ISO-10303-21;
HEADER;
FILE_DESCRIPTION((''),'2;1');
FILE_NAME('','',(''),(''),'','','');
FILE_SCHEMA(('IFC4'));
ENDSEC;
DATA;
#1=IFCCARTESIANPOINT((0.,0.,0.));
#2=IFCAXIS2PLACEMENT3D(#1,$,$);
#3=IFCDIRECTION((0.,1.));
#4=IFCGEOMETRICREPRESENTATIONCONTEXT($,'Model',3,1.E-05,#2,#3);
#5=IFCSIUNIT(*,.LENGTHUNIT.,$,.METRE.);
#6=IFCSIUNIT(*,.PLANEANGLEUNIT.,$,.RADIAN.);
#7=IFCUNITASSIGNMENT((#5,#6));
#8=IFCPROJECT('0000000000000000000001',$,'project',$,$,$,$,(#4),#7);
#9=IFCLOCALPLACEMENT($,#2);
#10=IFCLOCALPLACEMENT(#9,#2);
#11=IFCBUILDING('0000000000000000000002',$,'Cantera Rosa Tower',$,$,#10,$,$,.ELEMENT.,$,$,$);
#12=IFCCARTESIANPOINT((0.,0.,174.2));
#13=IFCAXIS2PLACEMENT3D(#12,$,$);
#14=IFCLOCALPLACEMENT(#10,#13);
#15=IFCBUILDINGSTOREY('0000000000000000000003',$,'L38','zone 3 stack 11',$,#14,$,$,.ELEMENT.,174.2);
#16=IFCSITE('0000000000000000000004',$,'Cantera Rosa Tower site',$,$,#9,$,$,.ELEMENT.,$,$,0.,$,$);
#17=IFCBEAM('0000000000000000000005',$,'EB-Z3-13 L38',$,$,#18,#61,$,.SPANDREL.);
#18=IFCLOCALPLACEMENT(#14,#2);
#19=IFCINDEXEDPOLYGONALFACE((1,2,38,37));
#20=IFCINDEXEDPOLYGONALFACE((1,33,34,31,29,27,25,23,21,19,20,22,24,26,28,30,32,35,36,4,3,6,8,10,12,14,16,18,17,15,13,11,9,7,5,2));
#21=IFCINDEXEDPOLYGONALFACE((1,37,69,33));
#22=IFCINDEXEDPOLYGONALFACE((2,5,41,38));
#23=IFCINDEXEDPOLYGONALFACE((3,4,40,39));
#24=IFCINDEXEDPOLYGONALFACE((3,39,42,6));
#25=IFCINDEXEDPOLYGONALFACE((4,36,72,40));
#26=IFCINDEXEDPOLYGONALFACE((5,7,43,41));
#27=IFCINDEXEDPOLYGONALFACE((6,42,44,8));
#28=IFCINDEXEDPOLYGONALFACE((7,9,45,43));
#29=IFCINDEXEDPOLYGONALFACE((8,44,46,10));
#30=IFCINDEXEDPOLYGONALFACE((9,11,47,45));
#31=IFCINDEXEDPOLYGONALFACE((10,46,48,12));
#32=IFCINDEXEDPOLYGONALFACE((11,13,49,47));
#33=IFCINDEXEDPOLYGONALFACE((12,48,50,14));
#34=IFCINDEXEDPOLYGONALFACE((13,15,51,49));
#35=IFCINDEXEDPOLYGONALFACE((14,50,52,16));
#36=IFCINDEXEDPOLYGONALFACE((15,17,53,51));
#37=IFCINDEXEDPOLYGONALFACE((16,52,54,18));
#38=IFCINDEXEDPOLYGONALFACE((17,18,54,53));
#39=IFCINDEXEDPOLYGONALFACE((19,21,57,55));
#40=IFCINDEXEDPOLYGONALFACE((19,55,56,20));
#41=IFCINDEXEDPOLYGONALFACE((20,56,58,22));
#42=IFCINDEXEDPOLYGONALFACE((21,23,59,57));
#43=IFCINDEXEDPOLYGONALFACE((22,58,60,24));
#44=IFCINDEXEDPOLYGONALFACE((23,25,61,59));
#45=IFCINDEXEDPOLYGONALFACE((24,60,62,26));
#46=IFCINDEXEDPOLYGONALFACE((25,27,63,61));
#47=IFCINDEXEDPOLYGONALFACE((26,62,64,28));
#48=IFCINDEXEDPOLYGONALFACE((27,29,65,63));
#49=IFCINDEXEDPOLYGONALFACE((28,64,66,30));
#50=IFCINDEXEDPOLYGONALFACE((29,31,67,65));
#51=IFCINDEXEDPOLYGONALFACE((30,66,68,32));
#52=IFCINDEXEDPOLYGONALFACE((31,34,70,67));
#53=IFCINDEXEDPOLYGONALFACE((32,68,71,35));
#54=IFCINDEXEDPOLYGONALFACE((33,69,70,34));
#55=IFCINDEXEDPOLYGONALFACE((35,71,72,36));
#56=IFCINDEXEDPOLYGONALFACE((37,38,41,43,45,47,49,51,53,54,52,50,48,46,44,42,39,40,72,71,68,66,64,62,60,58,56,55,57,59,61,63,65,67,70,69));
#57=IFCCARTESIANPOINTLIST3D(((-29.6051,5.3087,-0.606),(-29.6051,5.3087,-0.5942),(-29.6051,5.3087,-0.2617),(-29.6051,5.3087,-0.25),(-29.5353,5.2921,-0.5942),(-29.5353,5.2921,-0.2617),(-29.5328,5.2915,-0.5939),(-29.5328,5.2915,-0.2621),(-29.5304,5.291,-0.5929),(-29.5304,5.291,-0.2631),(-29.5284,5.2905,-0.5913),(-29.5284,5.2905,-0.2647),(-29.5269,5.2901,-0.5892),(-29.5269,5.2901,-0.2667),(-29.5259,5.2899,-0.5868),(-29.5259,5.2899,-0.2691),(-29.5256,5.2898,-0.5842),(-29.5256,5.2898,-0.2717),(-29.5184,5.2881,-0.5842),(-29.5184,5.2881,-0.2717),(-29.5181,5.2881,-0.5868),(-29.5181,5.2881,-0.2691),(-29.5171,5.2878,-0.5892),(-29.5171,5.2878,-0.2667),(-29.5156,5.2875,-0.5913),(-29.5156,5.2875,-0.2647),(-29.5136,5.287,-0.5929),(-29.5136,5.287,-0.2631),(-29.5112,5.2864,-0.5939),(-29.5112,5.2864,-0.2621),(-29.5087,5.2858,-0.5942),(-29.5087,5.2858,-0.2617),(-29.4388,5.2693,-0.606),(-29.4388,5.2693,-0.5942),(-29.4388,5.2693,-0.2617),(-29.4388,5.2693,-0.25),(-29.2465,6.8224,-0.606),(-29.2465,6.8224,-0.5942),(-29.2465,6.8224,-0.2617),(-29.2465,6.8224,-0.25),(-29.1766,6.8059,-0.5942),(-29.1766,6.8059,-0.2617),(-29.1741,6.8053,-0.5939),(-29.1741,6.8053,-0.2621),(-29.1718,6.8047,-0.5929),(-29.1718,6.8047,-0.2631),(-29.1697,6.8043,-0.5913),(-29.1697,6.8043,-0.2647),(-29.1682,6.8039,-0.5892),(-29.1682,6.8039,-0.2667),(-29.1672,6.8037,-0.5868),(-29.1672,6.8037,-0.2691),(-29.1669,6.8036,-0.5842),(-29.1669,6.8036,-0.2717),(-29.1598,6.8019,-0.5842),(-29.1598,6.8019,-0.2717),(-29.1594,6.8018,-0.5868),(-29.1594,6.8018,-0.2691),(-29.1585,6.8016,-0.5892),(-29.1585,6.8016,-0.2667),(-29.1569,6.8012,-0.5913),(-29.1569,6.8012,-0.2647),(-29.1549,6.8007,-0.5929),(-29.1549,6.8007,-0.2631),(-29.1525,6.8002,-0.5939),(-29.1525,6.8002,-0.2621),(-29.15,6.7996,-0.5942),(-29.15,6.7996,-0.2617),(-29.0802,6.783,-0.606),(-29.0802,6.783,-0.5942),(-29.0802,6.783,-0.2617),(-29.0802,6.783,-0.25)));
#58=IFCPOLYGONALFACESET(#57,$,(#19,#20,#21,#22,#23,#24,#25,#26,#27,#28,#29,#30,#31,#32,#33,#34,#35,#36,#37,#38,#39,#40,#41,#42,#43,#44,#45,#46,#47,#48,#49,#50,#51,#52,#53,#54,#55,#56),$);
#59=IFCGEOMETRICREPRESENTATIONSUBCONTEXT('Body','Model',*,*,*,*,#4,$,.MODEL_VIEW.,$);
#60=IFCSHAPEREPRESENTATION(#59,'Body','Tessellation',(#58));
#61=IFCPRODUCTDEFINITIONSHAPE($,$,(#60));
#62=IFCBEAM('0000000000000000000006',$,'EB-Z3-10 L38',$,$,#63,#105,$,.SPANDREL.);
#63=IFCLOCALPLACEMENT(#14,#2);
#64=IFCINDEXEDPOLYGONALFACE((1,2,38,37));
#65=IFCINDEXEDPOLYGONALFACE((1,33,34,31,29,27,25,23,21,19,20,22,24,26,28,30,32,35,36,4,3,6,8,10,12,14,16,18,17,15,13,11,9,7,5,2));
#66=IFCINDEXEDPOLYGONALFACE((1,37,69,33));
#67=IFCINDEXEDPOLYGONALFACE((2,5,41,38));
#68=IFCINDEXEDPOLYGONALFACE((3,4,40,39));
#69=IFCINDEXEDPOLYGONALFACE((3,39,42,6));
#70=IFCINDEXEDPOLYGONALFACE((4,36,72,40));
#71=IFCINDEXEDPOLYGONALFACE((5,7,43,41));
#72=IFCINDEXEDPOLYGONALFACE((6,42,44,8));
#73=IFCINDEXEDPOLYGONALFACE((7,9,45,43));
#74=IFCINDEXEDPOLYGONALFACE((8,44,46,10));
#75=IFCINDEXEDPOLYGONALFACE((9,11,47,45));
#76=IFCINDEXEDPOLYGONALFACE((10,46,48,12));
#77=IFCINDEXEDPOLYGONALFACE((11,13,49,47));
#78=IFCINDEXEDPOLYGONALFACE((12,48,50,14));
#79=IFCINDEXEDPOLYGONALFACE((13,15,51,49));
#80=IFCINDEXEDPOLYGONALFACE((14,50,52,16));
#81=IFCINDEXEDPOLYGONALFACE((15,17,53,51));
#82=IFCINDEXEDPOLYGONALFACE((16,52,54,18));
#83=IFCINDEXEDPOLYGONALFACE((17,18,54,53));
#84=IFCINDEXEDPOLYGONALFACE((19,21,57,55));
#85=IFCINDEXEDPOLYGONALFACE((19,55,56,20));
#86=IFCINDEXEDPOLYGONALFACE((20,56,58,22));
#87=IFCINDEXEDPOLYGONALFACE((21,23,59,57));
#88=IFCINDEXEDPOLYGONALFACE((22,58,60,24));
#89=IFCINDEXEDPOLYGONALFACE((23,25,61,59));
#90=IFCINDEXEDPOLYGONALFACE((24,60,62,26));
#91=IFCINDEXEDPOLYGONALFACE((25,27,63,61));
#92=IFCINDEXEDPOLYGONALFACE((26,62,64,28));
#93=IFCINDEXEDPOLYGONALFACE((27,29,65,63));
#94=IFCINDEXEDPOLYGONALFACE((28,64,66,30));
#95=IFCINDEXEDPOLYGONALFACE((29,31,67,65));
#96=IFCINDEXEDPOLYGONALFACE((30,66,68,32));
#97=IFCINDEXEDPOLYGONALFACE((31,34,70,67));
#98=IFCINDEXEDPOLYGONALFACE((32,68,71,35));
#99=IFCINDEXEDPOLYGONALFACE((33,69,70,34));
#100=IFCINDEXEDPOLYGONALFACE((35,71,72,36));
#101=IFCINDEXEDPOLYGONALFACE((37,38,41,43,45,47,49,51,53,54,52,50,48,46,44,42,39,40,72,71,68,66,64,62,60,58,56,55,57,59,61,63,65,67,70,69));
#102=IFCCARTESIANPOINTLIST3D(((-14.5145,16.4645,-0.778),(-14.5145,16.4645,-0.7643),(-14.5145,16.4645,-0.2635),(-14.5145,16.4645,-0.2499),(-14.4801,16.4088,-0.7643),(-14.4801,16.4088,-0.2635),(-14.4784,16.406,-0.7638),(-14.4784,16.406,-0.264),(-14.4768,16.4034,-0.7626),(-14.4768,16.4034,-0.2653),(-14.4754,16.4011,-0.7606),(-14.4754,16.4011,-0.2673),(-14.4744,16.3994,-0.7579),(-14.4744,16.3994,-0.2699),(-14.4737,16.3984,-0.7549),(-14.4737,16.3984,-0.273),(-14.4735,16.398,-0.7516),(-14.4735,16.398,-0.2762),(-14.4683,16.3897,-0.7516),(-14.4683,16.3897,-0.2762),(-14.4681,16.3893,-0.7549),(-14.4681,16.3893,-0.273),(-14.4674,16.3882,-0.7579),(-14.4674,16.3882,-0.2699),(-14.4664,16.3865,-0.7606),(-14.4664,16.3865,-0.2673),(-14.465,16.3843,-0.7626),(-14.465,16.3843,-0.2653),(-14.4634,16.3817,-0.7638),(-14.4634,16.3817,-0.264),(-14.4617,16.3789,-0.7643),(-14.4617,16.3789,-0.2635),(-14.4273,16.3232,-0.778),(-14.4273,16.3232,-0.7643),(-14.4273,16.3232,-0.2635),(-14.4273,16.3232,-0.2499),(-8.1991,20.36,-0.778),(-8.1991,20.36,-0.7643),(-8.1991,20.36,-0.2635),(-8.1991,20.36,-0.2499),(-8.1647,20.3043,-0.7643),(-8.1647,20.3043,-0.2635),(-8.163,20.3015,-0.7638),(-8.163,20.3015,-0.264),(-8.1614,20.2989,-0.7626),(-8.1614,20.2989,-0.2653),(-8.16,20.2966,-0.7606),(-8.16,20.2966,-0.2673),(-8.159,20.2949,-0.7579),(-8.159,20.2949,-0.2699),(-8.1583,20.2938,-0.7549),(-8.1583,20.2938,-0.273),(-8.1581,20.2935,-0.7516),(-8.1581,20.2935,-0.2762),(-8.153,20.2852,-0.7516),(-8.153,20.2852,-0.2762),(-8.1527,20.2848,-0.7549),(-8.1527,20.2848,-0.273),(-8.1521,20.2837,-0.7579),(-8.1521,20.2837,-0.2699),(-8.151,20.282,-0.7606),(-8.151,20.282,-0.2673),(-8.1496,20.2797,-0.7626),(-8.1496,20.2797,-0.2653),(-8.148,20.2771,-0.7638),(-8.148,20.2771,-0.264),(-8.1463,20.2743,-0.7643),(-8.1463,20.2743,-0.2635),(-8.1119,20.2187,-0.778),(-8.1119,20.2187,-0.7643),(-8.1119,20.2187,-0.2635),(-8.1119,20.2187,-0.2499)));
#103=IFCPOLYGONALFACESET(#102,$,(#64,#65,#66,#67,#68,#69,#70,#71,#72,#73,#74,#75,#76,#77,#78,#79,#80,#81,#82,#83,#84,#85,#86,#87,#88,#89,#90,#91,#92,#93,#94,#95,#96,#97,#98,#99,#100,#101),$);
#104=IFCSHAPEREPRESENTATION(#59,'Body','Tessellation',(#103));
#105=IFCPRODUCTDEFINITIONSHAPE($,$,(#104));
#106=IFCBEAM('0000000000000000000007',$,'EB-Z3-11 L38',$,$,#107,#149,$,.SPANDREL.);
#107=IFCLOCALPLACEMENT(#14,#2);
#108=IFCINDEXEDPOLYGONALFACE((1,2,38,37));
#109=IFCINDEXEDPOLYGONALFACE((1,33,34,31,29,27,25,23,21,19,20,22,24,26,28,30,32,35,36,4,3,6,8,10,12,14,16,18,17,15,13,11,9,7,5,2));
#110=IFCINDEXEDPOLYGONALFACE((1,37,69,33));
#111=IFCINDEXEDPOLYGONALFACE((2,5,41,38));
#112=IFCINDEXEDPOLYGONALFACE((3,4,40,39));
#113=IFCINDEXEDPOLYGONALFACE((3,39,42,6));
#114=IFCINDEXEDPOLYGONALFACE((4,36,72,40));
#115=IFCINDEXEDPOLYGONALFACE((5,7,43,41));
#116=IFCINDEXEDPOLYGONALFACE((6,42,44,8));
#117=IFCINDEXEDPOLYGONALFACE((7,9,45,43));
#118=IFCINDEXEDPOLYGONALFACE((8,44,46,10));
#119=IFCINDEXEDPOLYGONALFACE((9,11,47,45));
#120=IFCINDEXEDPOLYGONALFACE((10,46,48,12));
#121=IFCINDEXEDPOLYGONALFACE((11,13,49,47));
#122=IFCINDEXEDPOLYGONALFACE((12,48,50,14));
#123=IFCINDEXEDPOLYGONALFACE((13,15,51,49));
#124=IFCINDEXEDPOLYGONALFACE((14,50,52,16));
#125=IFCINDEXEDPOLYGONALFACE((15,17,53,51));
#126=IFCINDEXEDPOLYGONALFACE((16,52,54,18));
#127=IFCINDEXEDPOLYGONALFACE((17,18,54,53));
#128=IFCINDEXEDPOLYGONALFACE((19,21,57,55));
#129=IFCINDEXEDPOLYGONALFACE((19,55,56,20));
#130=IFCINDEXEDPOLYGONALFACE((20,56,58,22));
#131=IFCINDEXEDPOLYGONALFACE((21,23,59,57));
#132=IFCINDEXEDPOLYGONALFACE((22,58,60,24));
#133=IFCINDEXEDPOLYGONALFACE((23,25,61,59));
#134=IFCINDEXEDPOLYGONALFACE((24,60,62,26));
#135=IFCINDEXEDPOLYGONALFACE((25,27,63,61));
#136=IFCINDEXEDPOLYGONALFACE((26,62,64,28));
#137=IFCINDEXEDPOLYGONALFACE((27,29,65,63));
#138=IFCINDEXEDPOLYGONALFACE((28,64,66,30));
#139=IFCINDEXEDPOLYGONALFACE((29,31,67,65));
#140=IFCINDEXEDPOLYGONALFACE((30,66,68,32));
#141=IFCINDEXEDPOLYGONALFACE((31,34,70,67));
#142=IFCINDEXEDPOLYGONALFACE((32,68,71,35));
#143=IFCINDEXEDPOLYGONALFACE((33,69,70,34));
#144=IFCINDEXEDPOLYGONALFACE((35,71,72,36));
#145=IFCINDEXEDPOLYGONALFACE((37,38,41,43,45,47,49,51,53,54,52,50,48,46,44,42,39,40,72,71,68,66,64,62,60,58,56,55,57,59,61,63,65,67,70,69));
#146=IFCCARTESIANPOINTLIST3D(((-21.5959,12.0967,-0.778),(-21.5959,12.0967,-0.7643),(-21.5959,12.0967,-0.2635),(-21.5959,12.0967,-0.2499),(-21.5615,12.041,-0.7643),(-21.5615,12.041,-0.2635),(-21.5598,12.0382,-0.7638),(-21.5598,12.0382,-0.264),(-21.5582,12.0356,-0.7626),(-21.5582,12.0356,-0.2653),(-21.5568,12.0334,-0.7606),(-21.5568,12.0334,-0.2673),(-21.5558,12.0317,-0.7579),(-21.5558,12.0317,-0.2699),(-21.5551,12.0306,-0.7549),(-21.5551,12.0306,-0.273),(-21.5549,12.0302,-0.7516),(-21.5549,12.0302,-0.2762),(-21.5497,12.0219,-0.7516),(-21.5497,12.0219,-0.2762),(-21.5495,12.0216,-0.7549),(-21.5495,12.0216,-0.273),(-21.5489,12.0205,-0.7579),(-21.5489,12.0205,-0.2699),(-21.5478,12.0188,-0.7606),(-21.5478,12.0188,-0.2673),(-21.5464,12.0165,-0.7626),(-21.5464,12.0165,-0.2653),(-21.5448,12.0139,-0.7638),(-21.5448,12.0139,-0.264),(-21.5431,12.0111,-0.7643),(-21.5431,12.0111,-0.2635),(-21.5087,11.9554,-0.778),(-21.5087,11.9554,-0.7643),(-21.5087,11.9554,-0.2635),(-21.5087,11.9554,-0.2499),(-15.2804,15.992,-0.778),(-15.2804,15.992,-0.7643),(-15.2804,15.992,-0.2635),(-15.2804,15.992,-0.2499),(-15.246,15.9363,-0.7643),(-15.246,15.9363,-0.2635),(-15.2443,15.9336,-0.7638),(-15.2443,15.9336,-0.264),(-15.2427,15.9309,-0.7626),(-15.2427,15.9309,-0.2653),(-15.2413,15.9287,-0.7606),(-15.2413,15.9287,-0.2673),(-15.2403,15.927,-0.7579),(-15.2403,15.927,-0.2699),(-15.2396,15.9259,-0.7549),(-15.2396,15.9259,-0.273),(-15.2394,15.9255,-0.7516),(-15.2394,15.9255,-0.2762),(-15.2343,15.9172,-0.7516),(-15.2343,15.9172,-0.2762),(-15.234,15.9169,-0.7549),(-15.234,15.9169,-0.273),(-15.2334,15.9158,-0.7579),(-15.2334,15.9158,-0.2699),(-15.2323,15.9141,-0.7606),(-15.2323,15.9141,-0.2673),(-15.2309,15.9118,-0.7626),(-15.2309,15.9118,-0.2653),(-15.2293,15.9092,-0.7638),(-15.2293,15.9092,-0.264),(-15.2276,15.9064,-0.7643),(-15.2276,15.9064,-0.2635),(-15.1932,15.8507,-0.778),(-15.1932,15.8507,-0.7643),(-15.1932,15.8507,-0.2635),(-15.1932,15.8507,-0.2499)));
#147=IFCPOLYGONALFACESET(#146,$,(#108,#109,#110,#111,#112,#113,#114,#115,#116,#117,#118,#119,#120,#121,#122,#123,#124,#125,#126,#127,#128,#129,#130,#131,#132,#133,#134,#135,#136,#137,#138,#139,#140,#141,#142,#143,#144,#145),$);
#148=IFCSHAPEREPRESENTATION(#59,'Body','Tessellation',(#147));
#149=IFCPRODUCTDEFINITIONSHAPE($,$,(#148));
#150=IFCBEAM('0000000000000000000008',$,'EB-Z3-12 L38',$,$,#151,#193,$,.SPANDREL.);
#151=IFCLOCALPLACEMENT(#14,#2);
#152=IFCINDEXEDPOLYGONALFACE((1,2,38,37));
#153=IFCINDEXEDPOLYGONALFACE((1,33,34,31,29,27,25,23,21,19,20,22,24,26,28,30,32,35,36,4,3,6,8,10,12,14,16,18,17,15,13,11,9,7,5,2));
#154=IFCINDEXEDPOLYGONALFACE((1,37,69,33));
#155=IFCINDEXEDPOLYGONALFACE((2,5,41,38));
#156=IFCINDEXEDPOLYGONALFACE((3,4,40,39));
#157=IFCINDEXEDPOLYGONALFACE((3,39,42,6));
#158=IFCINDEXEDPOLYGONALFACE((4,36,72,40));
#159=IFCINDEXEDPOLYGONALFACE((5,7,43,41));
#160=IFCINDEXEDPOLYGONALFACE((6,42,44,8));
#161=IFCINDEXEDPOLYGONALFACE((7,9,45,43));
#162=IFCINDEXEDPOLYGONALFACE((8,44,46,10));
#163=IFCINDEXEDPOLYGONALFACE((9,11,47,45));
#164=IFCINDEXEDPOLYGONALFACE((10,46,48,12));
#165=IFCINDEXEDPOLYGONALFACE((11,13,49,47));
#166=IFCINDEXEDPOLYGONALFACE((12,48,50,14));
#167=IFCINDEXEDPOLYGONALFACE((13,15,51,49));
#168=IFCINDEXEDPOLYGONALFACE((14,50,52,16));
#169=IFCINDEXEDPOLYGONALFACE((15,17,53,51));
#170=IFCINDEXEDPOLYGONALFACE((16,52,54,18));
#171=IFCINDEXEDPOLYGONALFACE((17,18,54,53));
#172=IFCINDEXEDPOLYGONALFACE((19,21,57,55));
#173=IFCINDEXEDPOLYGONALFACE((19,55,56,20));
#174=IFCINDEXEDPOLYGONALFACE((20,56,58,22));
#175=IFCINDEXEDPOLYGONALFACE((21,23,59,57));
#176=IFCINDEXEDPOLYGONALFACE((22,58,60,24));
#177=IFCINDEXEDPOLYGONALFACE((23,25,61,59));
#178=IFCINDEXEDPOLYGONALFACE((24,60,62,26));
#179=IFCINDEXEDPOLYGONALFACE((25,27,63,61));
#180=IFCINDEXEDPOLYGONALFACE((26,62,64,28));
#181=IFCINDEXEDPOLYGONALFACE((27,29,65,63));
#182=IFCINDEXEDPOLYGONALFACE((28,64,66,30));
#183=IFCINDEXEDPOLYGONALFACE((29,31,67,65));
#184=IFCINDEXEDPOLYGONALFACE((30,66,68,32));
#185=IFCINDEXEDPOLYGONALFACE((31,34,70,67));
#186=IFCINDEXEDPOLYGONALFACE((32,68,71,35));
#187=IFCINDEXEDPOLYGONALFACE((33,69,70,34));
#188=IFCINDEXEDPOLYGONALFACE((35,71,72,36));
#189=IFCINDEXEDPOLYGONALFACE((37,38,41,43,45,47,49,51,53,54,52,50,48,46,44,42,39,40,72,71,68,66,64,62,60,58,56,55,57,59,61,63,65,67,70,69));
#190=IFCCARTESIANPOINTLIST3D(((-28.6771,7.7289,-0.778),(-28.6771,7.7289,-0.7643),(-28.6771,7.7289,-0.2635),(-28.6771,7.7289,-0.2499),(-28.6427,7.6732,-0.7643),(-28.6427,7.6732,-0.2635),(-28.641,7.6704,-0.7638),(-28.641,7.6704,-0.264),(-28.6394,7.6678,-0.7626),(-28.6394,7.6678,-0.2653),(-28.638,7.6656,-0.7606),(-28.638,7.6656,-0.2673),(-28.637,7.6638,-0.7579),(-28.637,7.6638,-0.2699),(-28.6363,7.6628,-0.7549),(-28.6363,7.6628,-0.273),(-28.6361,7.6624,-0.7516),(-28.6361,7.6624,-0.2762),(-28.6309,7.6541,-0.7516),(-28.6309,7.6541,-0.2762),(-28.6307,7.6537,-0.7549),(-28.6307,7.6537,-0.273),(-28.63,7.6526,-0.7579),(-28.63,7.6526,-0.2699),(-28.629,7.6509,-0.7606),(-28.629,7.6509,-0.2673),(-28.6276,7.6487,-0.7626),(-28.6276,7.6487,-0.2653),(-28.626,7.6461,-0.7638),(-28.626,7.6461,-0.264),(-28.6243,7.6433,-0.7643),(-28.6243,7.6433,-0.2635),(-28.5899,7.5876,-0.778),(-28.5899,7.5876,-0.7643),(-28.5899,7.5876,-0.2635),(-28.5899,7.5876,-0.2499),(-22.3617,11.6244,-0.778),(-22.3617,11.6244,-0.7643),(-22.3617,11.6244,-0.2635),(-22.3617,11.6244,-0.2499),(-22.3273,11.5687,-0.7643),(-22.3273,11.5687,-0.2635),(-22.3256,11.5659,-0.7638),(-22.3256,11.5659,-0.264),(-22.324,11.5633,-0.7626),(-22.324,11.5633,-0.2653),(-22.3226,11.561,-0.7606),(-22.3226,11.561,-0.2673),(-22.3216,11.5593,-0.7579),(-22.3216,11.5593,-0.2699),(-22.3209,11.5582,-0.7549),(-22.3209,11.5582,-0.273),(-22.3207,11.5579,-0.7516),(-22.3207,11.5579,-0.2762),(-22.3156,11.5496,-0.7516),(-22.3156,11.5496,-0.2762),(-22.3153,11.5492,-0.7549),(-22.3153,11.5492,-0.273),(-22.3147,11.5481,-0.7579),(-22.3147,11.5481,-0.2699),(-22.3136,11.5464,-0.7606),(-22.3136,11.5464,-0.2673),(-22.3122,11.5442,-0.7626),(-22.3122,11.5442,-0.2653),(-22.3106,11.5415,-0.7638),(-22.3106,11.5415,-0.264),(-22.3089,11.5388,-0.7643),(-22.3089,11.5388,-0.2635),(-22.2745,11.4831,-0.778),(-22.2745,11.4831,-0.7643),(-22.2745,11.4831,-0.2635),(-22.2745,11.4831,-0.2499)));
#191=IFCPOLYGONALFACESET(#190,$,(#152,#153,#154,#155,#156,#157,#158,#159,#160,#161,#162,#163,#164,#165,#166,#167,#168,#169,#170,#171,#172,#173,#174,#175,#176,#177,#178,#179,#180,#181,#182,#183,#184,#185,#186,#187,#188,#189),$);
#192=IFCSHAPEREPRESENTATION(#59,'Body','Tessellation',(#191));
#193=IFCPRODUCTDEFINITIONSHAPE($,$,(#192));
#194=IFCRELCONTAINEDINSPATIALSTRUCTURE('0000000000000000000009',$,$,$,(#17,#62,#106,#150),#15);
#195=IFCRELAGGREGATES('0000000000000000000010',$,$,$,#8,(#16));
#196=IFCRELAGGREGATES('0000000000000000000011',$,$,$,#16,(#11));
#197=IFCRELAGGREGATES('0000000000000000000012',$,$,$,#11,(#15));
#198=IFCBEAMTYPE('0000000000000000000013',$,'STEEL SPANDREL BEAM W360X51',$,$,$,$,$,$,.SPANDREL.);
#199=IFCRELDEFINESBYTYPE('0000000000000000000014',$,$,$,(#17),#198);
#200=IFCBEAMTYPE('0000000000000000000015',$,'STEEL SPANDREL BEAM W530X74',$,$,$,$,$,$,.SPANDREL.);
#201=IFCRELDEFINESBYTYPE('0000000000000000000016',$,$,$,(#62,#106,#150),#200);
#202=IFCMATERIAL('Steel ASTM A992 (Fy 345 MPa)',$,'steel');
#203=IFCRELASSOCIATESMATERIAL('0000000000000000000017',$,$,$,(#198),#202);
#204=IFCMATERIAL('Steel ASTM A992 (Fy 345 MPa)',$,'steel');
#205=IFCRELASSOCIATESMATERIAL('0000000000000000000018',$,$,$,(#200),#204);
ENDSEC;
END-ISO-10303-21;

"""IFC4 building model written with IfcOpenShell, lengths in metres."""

from ifc_helpers import new_model, si_unit, direction, frame, origin, origin_2d, place, context, subcontext, project, spatial, i_section, extrude, material, material_profile, profile_set, type_object, element, save


model = new_model("IFC4")

# Units and contexts
model_context = context("Model", 3, precision=1e-05, world=origin(), true_north=direction((0.0, 1.0)))
body_context = subcontext(model_context, "Body", "Model", "MODEL_VIEW")
ifc_project = project(units=[si_unit("LENGTHUNIT", "METRE"), si_unit("PLANEANGLEUNIT", "RADIAN")], contexts=[model_context])

# Site, building, storey
site_placement = place(None, origin())
site = spatial("IfcSite", under=ifc_project, at=site_placement, Name="Cantera Rosa Tower site", CompositionType="ELEMENT", RefElevation=0.0)
building_placement = place(site_placement, origin())
building = spatial("IfcBuilding", under=site, at=building_placement, Name="Cantera Rosa Tower", CompositionType="ELEMENT")
storey_placement = place(building_placement, frame((0.0, 0.0, 174.2)))
storey = spatial("IfcBuildingStorey", under=building, at=storey_placement, Name="L38", Description="zone 3 stack 11", CompositionType="ELEMENT", Elevation=174.2)

# Beams
ifc_material_1 = material(Name="Steel ASTM A992 (Fy 345 MPa)", Category="steel")
ifc_material_profile_1 = material_profile(ifc_material_1, i_section(OverallWidth=0.1709, OverallDepth=0.356, WebThickness=0.0073, FlangeThickness=0.0117, FilletRadius=0.01, at=origin_2d()), Name="W360X51")
ifc_profile_set_1 = profile_set([ifc_material_profile_1], Name="Steel ASTM A992 (Fy 345 MPa)")
beam_type_1 = type_object("IfcBeamType", Name="STEEL SPANDREL BEAM W360X51", PredefinedType="SPANDREL", material=ifc_profile_set_1)
beam_1_placement = place(storey_placement, frame((-29.1633, 6.8027, -0.428), z_axis=(-0.230552, -0.97306, 0.0), x_axis=(0.97306, -0.230552, 0.0)))
element("IfcBeam", 1, at=beam_1_placement, inside=storey, type_object=beam_type_1, Name="EB-Z3-13 L38", PredefinedType="SPANDREL", context=body_context, shape_type="SweptSolid", body=[
    extrude(i_section(OverallWidth=0.1709, OverallDepth=0.356, WebThickness=0.0073, FlangeThickness=0.0117, FilletRadius=0.01, at=origin_2d()), origin(), (0.0, 0.0, 1.0), 1.5557),
])
ifc_material_2 = material(Name="Steel ASTM A992 (Fy 345 MPa)", Category="steel")
ifc_material_profile_2 = material_profile(ifc_material_2, i_section(OverallWidth=0.166, OverallDepth=0.5281, WebThickness=0.0098, FlangeThickness=0.0137, FilletRadius=0.0127, at=origin_2d()), Name="W530X74")
ifc_profile_set_2 = profile_set([ifc_material_profile_2], Name="Steel ASTM A992 (Fy 345 MPa)")
beam_type_2 = type_object("IfcBeamType", Name="STEEL SPANDREL BEAM W530X74", PredefinedType="SPANDREL", material=ifc_profile_set_2)
for number, where, z_axis, x_axis, name in (
    (2, (-8.1555, 20.2893, -0.5139), (-0.851111, -0.524986, 0.0), (0.524986, -0.851111, 0.0), "EB-Z3-10 L38"),
    (3, (-15.2368, 15.9214, -0.5139), (-0.851126, -0.524962, 0.0), (0.524962, -0.851126, 0.0), "EB-Z3-11 L38"),
    (4, (-22.3181, 11.5537, -0.5139), (-0.851111, -0.524986, 0.0), (0.524986, -0.851111, 0.0), "EB-Z3-12 L38"),
):
    element("IfcBeam", number, at=place(storey_placement, frame(where, z_axis=z_axis, x_axis=x_axis)), inside=storey, type_object=beam_type_2, Name=name, PredefinedType="SPANDREL", context=body_context, shape_type="SweptSolid", body=[
        extrude(i_section(OverallWidth=0.166, OverallDepth=0.5281, WebThickness=0.0098, FlangeThickness=0.0137, FilletRadius=0.0127, at=origin_2d()), origin(), (0.0, 0.0, 1.0), 7.4202),
    ])

save(model, "model.ifc")
